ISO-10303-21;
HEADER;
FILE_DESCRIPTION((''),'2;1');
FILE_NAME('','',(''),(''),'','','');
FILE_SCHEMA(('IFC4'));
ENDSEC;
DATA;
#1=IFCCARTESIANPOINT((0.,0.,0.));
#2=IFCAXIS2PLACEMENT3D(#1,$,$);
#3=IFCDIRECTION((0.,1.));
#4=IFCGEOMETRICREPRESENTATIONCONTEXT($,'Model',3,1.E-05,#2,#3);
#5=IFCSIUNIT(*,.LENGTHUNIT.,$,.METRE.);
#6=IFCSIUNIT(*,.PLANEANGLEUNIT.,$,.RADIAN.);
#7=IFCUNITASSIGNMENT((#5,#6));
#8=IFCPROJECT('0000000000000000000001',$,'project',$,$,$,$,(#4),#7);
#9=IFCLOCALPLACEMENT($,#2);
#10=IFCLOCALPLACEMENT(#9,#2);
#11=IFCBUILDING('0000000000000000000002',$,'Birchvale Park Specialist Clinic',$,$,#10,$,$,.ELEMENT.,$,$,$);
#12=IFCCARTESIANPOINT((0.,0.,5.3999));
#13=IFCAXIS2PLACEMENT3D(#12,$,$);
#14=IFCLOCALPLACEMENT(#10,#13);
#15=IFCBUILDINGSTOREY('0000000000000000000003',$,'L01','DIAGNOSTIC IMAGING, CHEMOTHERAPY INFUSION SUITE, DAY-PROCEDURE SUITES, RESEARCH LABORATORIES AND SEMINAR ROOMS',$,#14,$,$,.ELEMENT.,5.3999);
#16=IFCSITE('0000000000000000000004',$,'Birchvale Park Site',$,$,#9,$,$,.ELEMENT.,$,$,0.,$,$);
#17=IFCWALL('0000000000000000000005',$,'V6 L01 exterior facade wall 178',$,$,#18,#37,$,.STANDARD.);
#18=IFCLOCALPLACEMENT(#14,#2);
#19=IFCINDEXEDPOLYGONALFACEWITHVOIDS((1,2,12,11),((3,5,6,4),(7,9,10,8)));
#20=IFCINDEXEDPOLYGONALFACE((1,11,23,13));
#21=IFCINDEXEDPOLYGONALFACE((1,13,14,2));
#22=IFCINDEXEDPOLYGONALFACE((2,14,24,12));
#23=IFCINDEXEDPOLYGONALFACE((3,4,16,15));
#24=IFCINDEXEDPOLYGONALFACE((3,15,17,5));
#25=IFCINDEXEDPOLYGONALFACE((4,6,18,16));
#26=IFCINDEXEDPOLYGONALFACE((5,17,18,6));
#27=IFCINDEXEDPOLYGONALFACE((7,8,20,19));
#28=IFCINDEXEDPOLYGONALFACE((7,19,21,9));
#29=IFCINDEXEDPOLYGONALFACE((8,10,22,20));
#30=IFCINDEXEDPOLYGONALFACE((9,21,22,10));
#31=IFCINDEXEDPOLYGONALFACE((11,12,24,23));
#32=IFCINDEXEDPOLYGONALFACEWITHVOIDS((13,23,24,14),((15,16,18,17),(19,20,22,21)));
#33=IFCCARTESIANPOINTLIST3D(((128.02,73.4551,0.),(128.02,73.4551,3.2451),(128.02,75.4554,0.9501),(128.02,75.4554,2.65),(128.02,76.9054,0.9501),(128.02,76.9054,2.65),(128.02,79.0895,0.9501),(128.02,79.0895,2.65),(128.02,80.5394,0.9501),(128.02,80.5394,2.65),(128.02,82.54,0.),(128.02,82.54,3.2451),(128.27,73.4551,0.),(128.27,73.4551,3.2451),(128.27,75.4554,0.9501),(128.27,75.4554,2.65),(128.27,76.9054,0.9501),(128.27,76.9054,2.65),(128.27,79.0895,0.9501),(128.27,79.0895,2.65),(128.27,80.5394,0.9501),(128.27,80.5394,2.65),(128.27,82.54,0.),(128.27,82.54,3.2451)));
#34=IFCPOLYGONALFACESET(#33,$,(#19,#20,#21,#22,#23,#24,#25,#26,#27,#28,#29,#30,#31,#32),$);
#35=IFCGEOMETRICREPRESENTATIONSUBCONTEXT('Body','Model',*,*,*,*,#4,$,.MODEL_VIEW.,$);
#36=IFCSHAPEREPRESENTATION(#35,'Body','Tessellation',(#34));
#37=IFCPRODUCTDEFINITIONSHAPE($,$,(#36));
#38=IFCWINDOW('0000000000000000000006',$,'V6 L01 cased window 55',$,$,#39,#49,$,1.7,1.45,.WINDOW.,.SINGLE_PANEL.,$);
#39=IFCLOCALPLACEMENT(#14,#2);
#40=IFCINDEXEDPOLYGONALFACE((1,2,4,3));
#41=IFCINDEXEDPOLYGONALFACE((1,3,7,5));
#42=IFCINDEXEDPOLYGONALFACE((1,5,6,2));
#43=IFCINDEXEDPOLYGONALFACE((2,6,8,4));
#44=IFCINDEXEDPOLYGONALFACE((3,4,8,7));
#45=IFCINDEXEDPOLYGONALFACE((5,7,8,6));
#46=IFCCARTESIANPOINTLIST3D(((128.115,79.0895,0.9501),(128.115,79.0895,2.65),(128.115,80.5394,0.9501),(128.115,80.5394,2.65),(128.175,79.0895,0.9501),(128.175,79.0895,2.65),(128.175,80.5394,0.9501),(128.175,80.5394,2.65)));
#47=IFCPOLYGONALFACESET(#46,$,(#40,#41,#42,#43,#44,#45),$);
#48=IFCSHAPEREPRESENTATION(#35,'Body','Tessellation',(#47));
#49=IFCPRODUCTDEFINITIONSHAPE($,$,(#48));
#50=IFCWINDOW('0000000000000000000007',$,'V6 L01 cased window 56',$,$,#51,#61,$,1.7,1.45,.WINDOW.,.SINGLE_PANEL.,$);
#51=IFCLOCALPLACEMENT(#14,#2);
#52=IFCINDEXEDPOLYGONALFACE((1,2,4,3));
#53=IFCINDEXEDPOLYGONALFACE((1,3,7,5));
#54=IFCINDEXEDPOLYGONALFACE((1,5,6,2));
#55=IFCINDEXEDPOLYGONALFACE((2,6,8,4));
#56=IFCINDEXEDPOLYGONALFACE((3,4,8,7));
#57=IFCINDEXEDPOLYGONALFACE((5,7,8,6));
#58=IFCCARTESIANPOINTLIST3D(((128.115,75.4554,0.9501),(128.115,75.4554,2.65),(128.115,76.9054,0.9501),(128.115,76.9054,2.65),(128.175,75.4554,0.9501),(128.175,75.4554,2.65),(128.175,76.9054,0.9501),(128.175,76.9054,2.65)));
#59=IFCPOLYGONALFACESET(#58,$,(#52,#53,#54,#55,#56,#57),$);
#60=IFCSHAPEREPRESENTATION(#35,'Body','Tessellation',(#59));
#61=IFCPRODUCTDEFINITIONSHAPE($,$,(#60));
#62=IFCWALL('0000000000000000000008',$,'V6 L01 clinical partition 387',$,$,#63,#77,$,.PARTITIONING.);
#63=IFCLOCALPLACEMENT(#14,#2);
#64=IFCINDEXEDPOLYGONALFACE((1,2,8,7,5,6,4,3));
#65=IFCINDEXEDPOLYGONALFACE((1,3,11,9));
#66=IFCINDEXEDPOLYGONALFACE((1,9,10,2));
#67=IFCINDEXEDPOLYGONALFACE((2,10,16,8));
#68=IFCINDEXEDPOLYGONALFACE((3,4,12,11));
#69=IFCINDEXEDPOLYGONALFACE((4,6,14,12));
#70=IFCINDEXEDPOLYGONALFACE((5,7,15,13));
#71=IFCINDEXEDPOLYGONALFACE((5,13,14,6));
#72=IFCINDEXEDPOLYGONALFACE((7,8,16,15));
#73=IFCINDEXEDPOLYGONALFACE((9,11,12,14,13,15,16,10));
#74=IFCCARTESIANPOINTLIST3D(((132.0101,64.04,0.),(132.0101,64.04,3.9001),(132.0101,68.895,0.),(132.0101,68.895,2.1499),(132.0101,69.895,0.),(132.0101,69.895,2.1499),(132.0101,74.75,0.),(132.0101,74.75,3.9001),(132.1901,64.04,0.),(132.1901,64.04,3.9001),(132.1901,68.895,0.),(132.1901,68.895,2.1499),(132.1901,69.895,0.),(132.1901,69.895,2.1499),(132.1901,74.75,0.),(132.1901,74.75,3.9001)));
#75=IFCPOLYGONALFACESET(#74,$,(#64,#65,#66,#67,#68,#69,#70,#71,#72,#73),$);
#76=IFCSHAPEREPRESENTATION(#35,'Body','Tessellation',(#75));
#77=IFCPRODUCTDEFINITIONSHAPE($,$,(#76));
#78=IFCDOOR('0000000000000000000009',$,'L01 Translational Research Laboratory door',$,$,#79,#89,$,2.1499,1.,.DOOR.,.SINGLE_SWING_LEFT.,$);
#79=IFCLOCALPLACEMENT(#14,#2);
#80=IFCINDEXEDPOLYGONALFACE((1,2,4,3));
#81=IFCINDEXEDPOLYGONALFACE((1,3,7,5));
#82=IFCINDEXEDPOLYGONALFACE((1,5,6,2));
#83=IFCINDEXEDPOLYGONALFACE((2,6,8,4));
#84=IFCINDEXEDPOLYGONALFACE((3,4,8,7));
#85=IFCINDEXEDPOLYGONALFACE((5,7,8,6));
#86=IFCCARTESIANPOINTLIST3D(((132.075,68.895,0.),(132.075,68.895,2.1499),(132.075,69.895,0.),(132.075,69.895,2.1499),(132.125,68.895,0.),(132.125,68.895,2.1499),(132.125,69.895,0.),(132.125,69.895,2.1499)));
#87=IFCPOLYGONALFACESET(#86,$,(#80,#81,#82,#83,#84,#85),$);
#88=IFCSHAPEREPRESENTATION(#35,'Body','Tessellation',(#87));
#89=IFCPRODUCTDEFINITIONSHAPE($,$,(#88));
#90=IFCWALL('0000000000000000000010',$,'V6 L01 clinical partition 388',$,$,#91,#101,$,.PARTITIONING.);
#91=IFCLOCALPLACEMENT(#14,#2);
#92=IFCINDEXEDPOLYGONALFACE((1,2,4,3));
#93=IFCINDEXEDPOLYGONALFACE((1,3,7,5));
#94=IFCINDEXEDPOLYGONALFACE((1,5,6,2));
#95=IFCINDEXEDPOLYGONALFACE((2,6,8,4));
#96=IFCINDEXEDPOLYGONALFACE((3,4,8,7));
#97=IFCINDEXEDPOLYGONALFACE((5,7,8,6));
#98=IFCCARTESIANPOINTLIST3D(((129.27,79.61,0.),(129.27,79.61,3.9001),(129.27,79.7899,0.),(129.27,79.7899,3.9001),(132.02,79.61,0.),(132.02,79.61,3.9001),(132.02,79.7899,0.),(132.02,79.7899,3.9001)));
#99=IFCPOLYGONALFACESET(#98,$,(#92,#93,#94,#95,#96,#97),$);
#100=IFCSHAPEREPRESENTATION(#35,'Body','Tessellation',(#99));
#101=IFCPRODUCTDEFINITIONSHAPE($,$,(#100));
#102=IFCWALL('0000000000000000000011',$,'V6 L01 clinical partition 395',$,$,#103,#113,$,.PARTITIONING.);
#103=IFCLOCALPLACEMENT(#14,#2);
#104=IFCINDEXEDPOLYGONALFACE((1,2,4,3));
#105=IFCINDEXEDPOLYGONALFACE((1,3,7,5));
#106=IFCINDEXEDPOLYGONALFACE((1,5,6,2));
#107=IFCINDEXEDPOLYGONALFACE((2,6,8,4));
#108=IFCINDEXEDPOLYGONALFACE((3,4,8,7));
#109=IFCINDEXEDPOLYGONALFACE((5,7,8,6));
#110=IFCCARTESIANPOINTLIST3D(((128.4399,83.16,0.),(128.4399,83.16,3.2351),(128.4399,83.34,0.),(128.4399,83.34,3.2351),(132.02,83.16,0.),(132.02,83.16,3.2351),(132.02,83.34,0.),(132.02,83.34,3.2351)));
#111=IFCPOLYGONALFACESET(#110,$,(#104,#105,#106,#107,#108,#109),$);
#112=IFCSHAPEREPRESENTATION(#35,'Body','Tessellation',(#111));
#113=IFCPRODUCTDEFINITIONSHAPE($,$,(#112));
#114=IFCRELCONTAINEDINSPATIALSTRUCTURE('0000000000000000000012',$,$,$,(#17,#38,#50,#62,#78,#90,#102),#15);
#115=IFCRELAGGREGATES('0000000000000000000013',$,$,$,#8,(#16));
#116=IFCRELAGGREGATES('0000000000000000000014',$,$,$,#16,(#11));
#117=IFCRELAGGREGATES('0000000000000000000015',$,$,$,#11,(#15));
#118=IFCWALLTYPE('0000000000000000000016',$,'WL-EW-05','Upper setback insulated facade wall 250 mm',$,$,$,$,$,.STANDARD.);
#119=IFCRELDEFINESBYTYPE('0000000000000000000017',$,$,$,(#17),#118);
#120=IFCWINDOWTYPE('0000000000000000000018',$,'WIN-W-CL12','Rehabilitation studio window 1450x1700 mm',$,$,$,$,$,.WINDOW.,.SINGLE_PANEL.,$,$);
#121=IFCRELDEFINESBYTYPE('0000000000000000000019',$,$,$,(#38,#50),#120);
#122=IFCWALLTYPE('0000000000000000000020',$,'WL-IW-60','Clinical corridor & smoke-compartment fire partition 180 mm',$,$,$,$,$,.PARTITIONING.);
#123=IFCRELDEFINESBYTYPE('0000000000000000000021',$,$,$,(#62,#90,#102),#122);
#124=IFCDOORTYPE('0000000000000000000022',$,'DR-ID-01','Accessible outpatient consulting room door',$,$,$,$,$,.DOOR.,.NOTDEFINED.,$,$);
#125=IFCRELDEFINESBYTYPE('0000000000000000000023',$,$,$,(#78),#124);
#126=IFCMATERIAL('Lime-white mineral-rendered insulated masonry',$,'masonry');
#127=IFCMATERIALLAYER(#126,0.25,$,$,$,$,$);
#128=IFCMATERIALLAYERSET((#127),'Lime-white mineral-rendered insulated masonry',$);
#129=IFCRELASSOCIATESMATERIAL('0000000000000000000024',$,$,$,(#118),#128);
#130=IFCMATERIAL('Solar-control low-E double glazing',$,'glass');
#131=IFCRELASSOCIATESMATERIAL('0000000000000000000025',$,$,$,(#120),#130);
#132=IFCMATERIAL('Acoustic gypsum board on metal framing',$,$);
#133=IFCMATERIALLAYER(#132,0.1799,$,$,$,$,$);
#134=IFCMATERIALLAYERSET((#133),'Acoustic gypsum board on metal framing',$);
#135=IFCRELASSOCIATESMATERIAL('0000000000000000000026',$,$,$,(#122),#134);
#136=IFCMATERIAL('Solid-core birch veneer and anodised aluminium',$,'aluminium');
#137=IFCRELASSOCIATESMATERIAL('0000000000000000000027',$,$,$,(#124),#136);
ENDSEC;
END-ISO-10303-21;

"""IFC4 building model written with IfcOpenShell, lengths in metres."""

from ifc_helpers import new_model, si_unit, direction, frame, frame_2d, origin, place, context, subcontext, project, spatial, rectangle, extrude, material, layer, layer_set, type_object, element, fill, save


model = new_model("IFC4")

# Units and contexts
model_context = context("Model", 3, precision=1e-05, world=origin(), true_north=direction((0.0, 1.0)))
body_context = subcontext(model_context, "Body", "Model", "MODEL_VIEW")
ifc_project = project(units=[si_unit("LENGTHUNIT", "METRE"), si_unit("PLANEANGLEUNIT", "RADIAN")], contexts=[model_context])

# Site, building, storey
site_placement = place(None, origin())
site = spatial("IfcSite", under=ifc_project, at=site_placement, Name="Birchvale Park Site", CompositionType="ELEMENT", RefElevation=0.0)
building_placement = place(site_placement, origin())
building = spatial("IfcBuilding", under=site, at=building_placement, Name="Birchvale Park Specialist Clinic", CompositionType="ELEMENT")
storey_placement = place(building_placement, frame((0.0, 0.0, 5.3999)))
storey = spatial("IfcBuildingStorey", under=building, at=storey_placement, Name="L01", Description="DIAGNOSTIC IMAGING, CHEMOTHERAPY INFUSION SUITE, DAY-PROCEDURE SUITES, RESEARCH LABORATORIES AND SEMINAR ROOMS", CompositionType="ELEMENT", Elevation=5.3999)

# Shared definitions
ifc_material_1 = material(Name="Solar-control low-E double glazing", Category="glass")

# Shared definitions
ifc_material_2 = material(Name="Solid-core birch veneer and anodised aluminium", Category="aluminium")

# Wall, openings, windows
ifc_material_3 = material(Name="Lime-white mineral-rendered insulated masonry", Category="masonry")
ifc_layer_1 = layer(ifc_material_3, 0.25)
ifc_layer_set_1 = layer_set([ifc_layer_1], Name="Lime-white mineral-rendered insulated masonry")
wall_type_1 = type_object("IfcWallType", Name="WL-EW-05", Description="Upper setback insulated facade wall 250 mm", PredefinedType="STANDARD", material=ifc_layer_set_1)
wall_1_placement = place(storey_placement, frame((128.145, 82.54, 0.0), z_axis=(0.0, 0.0, 1.0), x_axis=(0.0, -1.0, 0.0)))
wall_1 = element("IfcWall", 1, at=wall_1_placement, inside=storey, type_object=wall_type_1, Name="V6 L01 exterior facade wall 178", PredefinedType="STANDARD", context=body_context, shape_type="SweptSolid", body=[
    extrude(rectangle(XDim=9.085, YDim=0.25, at=frame_2d((4.5425, 0.0))), origin(), (0.0, 0.0, 1.0), 3.2451),
])
opening_1_placement = place(wall_1_placement, frame((2.0005, 0.0, 0.95)))
opening_1 = element("IfcOpeningElement", 2, at=opening_1_placement, cuts=wall_1, PredefinedType="OPENING", context=body_context, shape_type="SweptSolid", body=[
    extrude(rectangle(XDim=1.45, YDim=1.7, at=frame_2d((0.7251, 0.8501))), frame((0.0, 0.135, 0.0), z_axis=(0.0, -1.0, 0.0), x_axis=(1.0, 0.0, 0.0)), (0.0, 0.0, 1.0), 0.27),
])
opening_2_placement = place(wall_1_placement, frame((5.6345, 0.0, 0.95)))
opening_2 = element("IfcOpeningElement", 3, at=opening_2_placement, cuts=wall_1, PredefinedType="OPENING", context=body_context, shape_type="SweptSolid", body=[
    extrude(rectangle(XDim=1.45, YDim=1.7, at=frame_2d((0.7251, 0.8501))), frame((0.0, 0.135, 0.0), z_axis=(0.0, -1.0, 0.0), x_axis=(1.0, 0.0, 0.0)), (0.0, 0.0, 1.0), 0.27),
])
window_type = type_object("IfcWindowType", Name="WIN-W-CL12", Description="Rehabilitation studio window 1450x1700 mm", PartitioningType="SINGLE_PANEL", PredefinedType="WINDOW", material=ifc_material_1)
window_1_placement = place(opening_1_placement, origin())
window_1 = element("IfcWindow", 4, at=window_1_placement, inside=storey, type_object=window_type, Name="V6 L01 cased window 55", OverallHeight=1.7, OverallWidth=1.45, PartitioningType="SINGLE_PANEL", PredefinedType="WINDOW", context=body_context, shape_type="SweptSolid", body=[
    extrude(rectangle(XDim=1.45, YDim=1.7, at=frame_2d((0.7251, 0.8501))), frame((0.0, 0.03, 0.0), z_axis=(0.0, -1.0, 0.0), x_axis=(1.0, 0.0, 0.0)), (0.0, 0.0, 1.0), 0.0601),
])
fill(opening_1, window_1)
window_2_placement = place(opening_2_placement, origin())
window_2 = element("IfcWindow", 5, at=window_2_placement, inside=storey, type_object=window_type, Name="V6 L01 cased window 56", OverallHeight=1.7, OverallWidth=1.45, PartitioningType="SINGLE_PANEL", PredefinedType="WINDOW", context=body_context, shape_type="SweptSolid", body=[
    extrude(rectangle(XDim=1.45, YDim=1.7, at=frame_2d((0.7251, 0.8501))), frame((0.0, 0.03, 0.0), z_axis=(0.0, -1.0, 0.0), x_axis=(1.0, 0.0, 0.0)), (0.0, 0.0, 1.0), 0.0601),
])
fill(opening_2, window_2)

# Wall, opening, door
ifc_material_4 = material(Name="Acoustic gypsum board on metal framing")
ifc_layer_2 = layer(ifc_material_4, 0.1799)
ifc_layer_set_2 = layer_set([ifc_layer_2], Name="Acoustic gypsum board on metal framing")
wall_type_2 = type_object("IfcWallType", Name="WL-IW-60", Description="Clinical corridor & smoke-compartment fire partition 180 mm", PredefinedType="PARTITIONING", material=ifc_layer_set_2)
wall_2_placement = place(storey_placement, frame((132.1001, 74.75, 0.0), z_axis=(0.0, 0.0, 1.0), x_axis=(0.0, -1.0, 0.0)))
wall_2 = element("IfcWall", 6, at=wall_2_placement, inside=storey, type_object=wall_type_2, Name="V6 L01 clinical partition 387", PredefinedType="PARTITIONING", context=body_context, shape_type="SweptSolid", body=[
    extrude(rectangle(XDim=10.71, YDim=0.1799, at=frame_2d((5.355, 0.0))), origin(), (0.0, 0.0, 1.0), 3.9001),
])
opening_3_placement = place(wall_2_placement, frame((4.855, 0.0, 0.0)))
opening_3 = element("IfcOpeningElement", 7, at=opening_3_placement, cuts=wall_2, PredefinedType="OPENING", context=body_context, shape_type="SweptSolid", body=[
    extrude(rectangle(XDim=1.0, YDim=2.1499, at=frame_2d((0.5, 1.075))), frame((0.0, 0.1001, 0.0), z_axis=(0.0, -1.0, 0.0), x_axis=(1.0, 0.0, 0.0)), (0.0, 0.0, 1.0), 0.2),
])
door_type_1 = type_object("IfcDoorType", Name="DR-ID-01", Description="Accessible outpatient consulting room door", OperationType="NOTDEFINED", PredefinedType="DOOR", material=ifc_material_2)
door_1_placement = place(opening_3_placement, origin())
door_1 = element("IfcDoor", 8, at=door_1_placement, inside=storey, type_object=door_type_1, Name="L01 Translational Research Laboratory door", OperationType="SINGLE_SWING_LEFT", OverallHeight=2.1499, OverallWidth=1.0, PredefinedType="DOOR", context=body_context, shape_type="SweptSolid", body=[
    extrude(rectangle(XDim=1.0, YDim=2.1499, at=frame_2d((0.5, 1.075))), frame((0.0, 0.0249, 0.0), z_axis=(0.0, -1.0, 0.0), x_axis=(1.0, 0.0, 0.0)), (0.0, 0.0, 1.0), 0.05),
])
fill(opening_3, door_1)

# Walls
wall_3_placement = place(storey_placement, frame((129.27, 79.7, 0.0), z_axis=(0.0, 0.0, 1.0), x_axis=(1.0, 0.0, 0.0)))
element("IfcWall", 9, at=wall_3_placement, inside=storey, type_object=wall_type_2, Name="V6 L01 clinical partition 388", PredefinedType="PARTITIONING", context=body_context, shape_type="SweptSolid", body=[
    extrude(rectangle(XDim=2.75, YDim=0.1799, at=frame_2d((1.375, 0.0))), origin(), (0.0, 0.0, 1.0), 3.9001),
])
wall_4_placement = place(storey_placement, frame((132.02, 83.25, 0.0), z_axis=(0.0, 0.0, 1.0), x_axis=(-1.0, 0.0, 0.0)))
element("IfcWall", 10, at=wall_4_placement, inside=storey, type_object=wall_type_2, Name="V6 L01 clinical partition 395", PredefinedType="PARTITIONING", context=body_context, shape_type="SweptSolid", body=[
    extrude(rectangle(XDim=3.5801, YDim=0.1799, at=frame_2d((1.79, 0.0))), origin(), (0.0, 0.0, 1.0), 3.2351),
])

save(model, "model.ifc")
